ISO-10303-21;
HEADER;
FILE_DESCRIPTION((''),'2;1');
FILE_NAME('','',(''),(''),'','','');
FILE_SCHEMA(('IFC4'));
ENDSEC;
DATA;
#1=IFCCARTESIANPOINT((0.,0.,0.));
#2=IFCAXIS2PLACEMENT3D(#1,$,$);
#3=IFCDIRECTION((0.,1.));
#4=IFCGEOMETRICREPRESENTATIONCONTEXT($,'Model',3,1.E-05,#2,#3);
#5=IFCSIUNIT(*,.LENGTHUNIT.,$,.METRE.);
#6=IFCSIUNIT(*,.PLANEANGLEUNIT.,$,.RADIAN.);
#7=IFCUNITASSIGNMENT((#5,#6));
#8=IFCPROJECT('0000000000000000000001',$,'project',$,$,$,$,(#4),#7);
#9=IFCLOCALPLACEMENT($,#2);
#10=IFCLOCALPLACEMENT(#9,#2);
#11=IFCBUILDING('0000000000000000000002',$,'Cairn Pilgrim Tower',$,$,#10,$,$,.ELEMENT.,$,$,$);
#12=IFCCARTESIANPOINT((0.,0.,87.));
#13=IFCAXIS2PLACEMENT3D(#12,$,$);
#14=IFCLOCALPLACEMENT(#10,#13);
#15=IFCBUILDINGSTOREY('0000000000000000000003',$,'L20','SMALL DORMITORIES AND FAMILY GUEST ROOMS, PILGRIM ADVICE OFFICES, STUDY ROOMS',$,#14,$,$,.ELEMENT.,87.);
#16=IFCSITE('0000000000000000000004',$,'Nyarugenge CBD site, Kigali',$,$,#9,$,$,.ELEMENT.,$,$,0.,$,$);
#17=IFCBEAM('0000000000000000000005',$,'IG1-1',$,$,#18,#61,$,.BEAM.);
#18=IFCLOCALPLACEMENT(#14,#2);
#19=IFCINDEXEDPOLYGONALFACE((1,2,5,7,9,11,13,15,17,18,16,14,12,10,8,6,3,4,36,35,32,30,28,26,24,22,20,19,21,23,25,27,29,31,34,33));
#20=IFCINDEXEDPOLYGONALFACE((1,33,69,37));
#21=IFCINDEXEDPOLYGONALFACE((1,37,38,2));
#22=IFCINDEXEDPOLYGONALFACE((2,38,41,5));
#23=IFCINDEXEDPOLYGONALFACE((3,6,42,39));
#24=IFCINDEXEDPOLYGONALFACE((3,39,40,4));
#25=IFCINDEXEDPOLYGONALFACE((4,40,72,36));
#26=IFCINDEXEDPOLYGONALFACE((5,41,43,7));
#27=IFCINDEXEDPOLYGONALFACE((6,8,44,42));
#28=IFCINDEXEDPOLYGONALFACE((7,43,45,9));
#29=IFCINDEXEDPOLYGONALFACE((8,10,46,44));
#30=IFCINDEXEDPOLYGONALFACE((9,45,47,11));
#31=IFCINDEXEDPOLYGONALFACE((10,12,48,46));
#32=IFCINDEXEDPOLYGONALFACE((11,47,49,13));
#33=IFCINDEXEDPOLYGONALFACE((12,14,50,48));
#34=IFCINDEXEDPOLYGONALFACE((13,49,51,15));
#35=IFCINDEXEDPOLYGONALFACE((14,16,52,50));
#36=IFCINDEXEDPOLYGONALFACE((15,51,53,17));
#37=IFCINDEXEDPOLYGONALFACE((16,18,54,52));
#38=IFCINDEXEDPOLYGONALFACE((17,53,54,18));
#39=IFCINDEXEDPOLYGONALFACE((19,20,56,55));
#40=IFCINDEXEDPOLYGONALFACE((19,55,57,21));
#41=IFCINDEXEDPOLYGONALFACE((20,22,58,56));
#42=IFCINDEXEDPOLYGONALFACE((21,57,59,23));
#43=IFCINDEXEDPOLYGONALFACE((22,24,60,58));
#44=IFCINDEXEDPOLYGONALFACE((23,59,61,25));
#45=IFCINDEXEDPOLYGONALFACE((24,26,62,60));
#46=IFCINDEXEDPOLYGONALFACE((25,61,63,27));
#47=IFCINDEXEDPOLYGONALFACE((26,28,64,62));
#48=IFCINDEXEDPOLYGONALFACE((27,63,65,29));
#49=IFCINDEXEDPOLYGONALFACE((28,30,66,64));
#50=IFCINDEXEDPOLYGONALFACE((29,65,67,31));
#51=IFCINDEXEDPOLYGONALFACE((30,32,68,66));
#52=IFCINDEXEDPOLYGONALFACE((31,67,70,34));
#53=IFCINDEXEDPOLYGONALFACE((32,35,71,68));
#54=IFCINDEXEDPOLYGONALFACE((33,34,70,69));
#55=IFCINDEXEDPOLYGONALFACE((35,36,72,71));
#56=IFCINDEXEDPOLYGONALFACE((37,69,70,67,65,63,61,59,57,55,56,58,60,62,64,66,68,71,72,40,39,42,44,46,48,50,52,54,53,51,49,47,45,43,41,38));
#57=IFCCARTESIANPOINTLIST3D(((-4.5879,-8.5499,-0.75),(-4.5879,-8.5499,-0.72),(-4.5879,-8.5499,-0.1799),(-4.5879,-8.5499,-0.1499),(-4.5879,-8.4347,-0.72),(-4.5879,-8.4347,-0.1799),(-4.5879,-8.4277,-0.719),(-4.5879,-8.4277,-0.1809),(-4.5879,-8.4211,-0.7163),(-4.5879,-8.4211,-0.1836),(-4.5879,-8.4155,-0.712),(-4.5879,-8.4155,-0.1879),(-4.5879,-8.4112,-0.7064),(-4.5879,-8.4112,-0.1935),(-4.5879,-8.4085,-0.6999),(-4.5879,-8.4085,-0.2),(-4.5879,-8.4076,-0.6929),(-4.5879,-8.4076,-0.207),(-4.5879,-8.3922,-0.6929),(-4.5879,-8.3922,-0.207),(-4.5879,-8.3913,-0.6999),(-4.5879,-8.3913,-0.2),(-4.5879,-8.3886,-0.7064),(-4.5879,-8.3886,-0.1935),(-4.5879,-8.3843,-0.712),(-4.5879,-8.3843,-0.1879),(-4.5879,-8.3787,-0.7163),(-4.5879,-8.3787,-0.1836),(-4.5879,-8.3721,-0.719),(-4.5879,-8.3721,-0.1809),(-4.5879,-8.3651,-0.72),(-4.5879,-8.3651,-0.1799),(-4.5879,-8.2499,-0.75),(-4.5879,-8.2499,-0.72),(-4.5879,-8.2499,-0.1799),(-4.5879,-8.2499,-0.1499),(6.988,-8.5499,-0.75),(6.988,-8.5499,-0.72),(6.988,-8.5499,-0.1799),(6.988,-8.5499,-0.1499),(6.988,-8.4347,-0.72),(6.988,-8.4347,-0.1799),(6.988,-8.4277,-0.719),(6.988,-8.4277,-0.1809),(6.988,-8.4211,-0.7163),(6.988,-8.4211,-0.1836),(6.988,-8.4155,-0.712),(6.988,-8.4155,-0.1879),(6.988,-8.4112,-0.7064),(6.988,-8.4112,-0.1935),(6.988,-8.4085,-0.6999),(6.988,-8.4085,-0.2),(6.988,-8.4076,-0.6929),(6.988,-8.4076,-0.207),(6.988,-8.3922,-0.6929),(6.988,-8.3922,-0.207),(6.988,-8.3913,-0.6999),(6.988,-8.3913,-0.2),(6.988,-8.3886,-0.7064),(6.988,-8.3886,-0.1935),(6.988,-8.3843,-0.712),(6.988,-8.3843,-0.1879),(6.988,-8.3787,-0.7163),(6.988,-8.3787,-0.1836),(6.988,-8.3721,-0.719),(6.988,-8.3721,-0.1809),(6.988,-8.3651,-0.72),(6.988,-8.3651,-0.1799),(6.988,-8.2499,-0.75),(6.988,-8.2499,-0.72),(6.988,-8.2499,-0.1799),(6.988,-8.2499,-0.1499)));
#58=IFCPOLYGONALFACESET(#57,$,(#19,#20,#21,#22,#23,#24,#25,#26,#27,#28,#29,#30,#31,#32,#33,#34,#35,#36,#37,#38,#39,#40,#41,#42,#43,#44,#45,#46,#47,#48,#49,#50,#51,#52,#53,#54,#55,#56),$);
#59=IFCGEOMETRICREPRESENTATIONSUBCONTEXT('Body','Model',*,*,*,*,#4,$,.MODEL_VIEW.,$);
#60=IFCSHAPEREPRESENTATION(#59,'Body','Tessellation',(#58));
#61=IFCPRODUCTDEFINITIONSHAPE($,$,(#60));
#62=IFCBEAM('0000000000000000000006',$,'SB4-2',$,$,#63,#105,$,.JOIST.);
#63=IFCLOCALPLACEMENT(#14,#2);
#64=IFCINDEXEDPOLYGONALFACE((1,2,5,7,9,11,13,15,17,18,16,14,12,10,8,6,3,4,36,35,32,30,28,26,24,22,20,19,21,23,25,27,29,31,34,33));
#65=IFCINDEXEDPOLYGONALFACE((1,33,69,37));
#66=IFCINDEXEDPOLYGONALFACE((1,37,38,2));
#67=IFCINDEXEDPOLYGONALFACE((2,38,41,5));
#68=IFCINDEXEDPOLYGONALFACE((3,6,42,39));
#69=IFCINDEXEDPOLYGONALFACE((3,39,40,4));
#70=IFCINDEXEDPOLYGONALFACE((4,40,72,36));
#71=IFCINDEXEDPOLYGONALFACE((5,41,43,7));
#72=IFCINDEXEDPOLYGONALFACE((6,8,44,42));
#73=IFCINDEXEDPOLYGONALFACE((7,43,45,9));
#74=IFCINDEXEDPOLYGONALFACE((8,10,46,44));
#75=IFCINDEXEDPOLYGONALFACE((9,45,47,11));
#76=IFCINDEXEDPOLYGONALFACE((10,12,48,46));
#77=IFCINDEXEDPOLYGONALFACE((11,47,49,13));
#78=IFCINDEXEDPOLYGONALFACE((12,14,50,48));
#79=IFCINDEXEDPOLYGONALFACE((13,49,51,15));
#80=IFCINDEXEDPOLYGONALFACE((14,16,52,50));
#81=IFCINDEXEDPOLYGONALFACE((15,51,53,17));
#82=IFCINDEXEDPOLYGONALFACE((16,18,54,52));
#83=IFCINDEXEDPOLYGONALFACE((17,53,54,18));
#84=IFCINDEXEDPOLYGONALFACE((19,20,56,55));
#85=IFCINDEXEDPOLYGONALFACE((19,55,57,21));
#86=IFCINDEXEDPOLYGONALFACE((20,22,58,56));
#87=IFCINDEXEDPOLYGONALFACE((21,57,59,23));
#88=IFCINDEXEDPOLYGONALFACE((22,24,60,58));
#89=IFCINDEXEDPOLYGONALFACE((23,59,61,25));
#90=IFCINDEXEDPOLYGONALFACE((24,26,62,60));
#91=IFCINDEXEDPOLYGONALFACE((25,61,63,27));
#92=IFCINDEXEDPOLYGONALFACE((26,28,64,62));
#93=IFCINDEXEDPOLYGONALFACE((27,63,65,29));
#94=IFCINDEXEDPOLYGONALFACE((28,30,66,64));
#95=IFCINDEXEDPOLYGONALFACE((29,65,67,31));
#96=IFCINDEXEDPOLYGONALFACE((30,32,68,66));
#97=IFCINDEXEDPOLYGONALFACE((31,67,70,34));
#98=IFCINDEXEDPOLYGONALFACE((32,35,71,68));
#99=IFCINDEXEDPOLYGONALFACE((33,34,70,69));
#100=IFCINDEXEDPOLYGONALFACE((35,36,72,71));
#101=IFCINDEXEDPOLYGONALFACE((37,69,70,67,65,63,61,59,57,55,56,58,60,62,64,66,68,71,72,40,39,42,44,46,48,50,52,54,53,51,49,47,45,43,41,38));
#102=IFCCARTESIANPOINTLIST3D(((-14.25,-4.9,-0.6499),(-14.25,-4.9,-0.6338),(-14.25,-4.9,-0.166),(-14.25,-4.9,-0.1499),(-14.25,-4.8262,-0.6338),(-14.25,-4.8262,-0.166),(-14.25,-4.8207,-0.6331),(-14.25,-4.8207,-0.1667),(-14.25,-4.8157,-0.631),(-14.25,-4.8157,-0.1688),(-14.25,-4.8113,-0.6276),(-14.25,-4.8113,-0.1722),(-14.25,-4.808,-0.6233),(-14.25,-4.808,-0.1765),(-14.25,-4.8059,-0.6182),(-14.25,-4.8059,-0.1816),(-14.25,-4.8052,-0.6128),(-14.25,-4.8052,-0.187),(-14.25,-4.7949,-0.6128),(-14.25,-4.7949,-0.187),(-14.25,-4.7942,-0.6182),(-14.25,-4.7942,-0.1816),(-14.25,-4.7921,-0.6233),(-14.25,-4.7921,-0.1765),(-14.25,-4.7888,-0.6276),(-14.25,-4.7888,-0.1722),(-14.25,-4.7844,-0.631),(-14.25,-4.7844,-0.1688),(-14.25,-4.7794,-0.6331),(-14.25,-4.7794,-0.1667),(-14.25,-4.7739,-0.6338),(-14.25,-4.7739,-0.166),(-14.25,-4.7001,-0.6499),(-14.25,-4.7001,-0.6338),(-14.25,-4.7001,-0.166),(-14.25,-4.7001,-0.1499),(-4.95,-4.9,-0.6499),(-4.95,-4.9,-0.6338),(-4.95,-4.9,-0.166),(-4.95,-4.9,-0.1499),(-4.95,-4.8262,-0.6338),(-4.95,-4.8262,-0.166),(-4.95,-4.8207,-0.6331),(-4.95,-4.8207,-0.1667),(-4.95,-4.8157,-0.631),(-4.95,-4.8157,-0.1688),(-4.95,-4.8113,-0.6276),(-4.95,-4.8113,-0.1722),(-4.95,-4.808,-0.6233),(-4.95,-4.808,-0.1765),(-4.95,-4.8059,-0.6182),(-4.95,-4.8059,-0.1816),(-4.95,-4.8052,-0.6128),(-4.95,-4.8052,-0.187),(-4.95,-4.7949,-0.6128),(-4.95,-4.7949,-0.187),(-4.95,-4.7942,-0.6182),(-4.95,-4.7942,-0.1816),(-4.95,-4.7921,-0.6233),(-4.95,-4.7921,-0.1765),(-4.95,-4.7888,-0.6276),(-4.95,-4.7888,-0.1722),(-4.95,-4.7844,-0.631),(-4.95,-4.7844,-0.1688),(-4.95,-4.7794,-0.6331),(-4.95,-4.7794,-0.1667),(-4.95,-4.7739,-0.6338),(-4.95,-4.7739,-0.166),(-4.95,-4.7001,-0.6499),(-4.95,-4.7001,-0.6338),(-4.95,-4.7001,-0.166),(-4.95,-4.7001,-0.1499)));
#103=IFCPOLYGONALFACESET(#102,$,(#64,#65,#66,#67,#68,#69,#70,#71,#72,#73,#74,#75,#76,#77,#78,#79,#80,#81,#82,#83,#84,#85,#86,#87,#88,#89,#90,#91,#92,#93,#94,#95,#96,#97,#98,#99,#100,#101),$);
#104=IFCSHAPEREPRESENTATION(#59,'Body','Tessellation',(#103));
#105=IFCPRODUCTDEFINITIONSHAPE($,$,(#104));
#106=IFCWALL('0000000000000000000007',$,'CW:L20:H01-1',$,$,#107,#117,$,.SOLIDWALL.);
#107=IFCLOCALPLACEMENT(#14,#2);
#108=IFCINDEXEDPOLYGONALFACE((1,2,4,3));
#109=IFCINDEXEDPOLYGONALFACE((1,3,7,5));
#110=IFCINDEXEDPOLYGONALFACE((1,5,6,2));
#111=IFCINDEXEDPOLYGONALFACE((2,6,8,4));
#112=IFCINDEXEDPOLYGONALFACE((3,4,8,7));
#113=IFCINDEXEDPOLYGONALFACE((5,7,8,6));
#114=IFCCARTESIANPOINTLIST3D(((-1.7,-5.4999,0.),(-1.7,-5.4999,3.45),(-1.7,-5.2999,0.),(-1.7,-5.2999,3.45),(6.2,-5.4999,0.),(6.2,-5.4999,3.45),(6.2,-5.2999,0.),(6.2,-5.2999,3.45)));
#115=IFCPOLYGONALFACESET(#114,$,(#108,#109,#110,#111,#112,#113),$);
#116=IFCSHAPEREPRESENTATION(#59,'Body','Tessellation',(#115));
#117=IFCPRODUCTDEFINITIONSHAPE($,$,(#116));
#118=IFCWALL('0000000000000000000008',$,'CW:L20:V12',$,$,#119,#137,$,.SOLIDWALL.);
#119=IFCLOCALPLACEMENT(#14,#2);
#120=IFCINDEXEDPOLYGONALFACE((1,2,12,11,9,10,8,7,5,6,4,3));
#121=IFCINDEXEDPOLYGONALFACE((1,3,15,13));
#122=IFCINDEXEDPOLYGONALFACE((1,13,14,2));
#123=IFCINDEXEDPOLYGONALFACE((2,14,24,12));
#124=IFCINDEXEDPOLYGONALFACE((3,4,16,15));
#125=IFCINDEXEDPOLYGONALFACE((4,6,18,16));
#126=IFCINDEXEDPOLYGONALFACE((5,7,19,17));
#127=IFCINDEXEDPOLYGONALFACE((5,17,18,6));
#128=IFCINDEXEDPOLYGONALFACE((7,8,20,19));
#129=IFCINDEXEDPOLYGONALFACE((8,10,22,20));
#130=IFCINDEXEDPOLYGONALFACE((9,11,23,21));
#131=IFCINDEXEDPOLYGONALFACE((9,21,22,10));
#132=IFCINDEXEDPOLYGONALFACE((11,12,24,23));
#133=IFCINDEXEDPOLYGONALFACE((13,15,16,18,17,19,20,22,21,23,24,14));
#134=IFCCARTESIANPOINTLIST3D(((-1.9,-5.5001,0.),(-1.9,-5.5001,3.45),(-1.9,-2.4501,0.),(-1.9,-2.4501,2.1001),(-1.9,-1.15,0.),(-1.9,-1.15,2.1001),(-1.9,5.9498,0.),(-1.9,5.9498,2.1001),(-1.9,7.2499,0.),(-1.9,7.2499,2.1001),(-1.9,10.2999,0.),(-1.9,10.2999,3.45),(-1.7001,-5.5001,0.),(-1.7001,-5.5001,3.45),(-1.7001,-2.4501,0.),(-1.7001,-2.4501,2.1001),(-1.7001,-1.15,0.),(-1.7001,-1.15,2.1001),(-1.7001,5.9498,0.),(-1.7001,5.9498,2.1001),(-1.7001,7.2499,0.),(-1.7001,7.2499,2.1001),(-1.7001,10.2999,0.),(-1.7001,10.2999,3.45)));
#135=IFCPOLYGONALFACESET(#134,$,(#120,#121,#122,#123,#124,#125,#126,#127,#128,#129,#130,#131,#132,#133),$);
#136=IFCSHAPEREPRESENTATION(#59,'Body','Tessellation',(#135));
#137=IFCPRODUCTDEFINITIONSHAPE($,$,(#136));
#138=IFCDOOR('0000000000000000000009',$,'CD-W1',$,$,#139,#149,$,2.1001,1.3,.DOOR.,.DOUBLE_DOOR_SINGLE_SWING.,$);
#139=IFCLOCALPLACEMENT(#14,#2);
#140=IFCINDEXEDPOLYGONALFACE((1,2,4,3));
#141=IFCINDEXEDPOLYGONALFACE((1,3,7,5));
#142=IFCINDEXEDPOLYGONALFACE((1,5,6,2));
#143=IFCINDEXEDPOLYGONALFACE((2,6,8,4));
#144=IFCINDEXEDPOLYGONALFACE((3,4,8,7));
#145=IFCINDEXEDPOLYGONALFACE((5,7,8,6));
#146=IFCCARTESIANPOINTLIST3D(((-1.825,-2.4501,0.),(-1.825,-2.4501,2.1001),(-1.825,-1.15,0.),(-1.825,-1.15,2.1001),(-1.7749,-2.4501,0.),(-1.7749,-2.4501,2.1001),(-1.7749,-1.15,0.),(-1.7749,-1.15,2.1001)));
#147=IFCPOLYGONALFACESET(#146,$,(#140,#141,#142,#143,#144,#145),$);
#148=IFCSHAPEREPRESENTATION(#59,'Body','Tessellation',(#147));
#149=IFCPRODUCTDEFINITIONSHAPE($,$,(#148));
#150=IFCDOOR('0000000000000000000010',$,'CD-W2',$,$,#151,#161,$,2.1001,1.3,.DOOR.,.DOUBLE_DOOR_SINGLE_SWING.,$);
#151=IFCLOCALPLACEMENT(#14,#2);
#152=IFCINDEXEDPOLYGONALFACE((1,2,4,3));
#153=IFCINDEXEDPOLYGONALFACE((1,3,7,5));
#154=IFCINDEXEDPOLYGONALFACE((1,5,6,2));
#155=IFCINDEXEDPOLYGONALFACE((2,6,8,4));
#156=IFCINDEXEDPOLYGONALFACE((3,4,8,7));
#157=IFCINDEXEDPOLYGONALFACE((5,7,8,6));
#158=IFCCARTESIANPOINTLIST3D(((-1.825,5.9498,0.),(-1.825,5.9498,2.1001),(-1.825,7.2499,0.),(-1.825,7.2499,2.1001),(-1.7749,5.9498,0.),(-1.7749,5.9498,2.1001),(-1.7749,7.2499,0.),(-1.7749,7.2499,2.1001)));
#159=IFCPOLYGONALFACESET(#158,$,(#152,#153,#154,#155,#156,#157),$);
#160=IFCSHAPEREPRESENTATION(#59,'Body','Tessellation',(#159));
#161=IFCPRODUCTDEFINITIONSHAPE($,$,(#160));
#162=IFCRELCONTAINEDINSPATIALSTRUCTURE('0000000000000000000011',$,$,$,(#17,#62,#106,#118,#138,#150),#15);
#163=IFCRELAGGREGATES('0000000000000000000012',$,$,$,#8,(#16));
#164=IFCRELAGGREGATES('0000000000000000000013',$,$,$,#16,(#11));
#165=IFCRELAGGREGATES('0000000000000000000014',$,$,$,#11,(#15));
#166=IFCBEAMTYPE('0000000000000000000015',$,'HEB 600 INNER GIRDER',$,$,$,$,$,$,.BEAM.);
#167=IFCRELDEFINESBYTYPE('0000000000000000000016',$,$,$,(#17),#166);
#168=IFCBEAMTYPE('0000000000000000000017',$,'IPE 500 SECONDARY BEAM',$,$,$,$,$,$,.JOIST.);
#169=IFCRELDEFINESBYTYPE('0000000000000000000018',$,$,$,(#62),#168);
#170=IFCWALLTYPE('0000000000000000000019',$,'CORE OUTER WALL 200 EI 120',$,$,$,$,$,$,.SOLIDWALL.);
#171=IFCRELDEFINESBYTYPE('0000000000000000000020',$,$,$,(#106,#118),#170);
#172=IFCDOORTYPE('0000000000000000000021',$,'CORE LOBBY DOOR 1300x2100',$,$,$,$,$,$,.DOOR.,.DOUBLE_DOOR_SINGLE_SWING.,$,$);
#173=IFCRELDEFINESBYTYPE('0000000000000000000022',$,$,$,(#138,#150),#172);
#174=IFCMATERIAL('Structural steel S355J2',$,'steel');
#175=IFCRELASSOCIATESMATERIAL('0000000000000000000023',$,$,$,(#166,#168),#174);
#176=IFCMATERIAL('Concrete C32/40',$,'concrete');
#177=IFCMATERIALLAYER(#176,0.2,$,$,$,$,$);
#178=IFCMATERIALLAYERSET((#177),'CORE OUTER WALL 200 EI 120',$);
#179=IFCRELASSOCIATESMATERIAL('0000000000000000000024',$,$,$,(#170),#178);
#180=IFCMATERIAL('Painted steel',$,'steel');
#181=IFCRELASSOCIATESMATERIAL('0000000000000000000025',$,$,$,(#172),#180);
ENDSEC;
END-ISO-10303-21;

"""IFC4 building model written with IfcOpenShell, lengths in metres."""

from ifc_helpers import new_model, si_unit, direction, frame, frame_2d, origin, origin_2d, place, context, subcontext, project, spatial, rectangle, i_section, extrude, material, layer, layer_set, material_profile, profile_set, type_object, element, fill, save


model = new_model("IFC4")

# Units and contexts
model_context = context("Model", 3, precision=1e-05, world=origin(), true_north=direction((0.0, 1.0)))
body_context = subcontext(model_context, "Body", "Model", "MODEL_VIEW")
ifc_project = project(units=[si_unit("LENGTHUNIT", "METRE"), si_unit("PLANEANGLEUNIT", "RADIAN")], contexts=[model_context])

# Site, building, storey
site_placement = place(None, origin())
site = spatial("IfcSite", under=ifc_project, at=site_placement, Name="Nyarugenge CBD site, Kigali", CompositionType="ELEMENT", RefElevation=0.0)
building_placement = place(site_placement, origin())
building = spatial("IfcBuilding", under=site, at=building_placement, Name="Cairn Pilgrim Tower", CompositionType="ELEMENT")
storey_placement = place(building_placement, frame((0.0, 0.0, 87.0)))
storey = spatial("IfcBuildingStorey", under=building, at=storey_placement, Name="L20", Description="SMALL DORMITORIES AND FAMILY GUEST ROOMS, PILGRIM ADVICE OFFICES, STUDY ROOMS", CompositionType="ELEMENT", Elevation=87.0)

# Beams
ifc_material_1 = material(Name="Structural steel S355J2", Category="steel")
ifc_material_profile_1 = material_profile(ifc_material_1, i_section(OverallWidth=0.3, OverallDepth=0.6001, WebThickness=0.0154, FlangeThickness=0.03, FilletRadius=0.0271, at=origin_2d()), Name="HEB 600")
ifc_profile_set_1 = profile_set([ifc_material_profile_1], Name="Structural steel S355J2")
beam_type_1 = type_object("IfcBeamType", Name="HEB 600 INNER GIRDER", PredefinedType="BEAM", material=ifc_profile_set_1)
beam_1_placement = place(storey_placement, frame((-4.5879, -8.3999, -0.45), z_axis=(1.0, 0.0, 0.0), x_axis=(0.0, 1.0, 0.0)))
element("IfcBeam", 1, at=beam_1_placement, inside=storey, type_object=beam_type_1, Name="IG1-1", PredefinedType="BEAM", context=body_context, shape_type="SweptSolid", body=[
    extrude(i_section(OverallWidth=0.3, OverallDepth=0.6001, WebThickness=0.0154, FlangeThickness=0.03, FilletRadius=0.0271, at=origin_2d()), origin(), (0.0, 0.0, 1.0), 11.5759),
])
ifc_material_profile_2 = material_profile(ifc_material_1, i_section(OverallWidth=0.2, OverallDepth=0.5, WebThickness=0.0103, FlangeThickness=0.0161, FilletRadius=0.021, at=origin_2d()), Name="IPE 500")
ifc_profile_set_2 = profile_set([ifc_material_profile_2], Name="Structural steel S355J2")
beam_type_2 = type_object("IfcBeamType", Name="IPE 500 SECONDARY BEAM", PredefinedType="JOIST", material=ifc_profile_set_2)
beam_2_placement = place(storey_placement, frame((-14.25, -4.8, -0.3999), z_axis=(1.0, 0.0, 0.0), x_axis=(0.0, 1.0, 0.0)))
element("IfcBeam", 2, at=beam_2_placement, inside=storey, type_object=beam_type_2, Name="SB4-2", PredefinedType="JOIST", context=body_context, shape_type="SweptSolid", body=[
    extrude(i_section(OverallWidth=0.2, OverallDepth=0.5, WebThickness=0.0103, FlangeThickness=0.0161, FilletRadius=0.021, at=origin_2d()), origin(), (0.0, 0.0, 1.0), 9.3),
])

# Wall
ifc_material_2 = material(Name="Concrete C32/40", Category="concrete")
ifc_layer_1 = layer(ifc_material_2, 0.2)
ifc_layer_set_1 = layer_set([ifc_layer_1], Name="CORE OUTER WALL 200 EI 120")
wall_type_1 = type_object("IfcWallType", Name="CORE OUTER WALL 200 EI 120", PredefinedType="SOLIDWALL", material=ifc_layer_set_1)
wall_1_placement = place(storey_placement, frame((-1.7, -5.3999, 0.0), z_axis=(0.0, 0.0, 1.0), x_axis=(1.0, 0.0, 0.0)))
element("IfcWall", 3, at=wall_1_placement, inside=storey, type_object=wall_type_1, Name="CW:L20:H01-1", PredefinedType="SOLIDWALL", context=body_context, shape_type="SweptSolid", body=[
    extrude(rectangle(XDim=7.8999, YDim=0.2, at=frame_2d((3.95, 0.0))), origin(), (0.0, 0.0, 1.0), 3.45),
])

# Wall, openings, doors
wall_2_placement = place(storey_placement, frame((-1.8, -5.5, 0.0), z_axis=(0.0, 0.0, 1.0), x_axis=(0.0, 1.0, 0.0)))
wall_2 = element("IfcWall", 4, at=wall_2_placement, inside=storey, type_object=wall_type_1, Name="CW:L20:V12", PredefinedType="SOLIDWALL", context=body_context, shape_type="SweptSolid", body=[
    extrude(rectangle(XDim=15.8, YDim=0.2, at=frame_2d((7.8999, 0.0))), origin(), (0.0, 0.0, 1.0), 3.45),
])
opening_1_placement = place(wall_2_placement, frame((3.05, 0.0, 0.0)))
opening_1 = element("IfcOpeningElement", 5, at=opening_1_placement, cuts=wall_2, PredefinedType="OPENING", context=body_context, shape_type="SweptSolid", body=[
    extrude(rectangle(XDim=1.3, YDim=2.1001, at=frame_2d((0.6499, 1.05))), frame((0.0, 0.1099, 0.0), z_axis=(0.0, -1.0, 0.0), x_axis=(1.0, 0.0, 0.0)), (0.0, 0.0, 1.0), 0.22),
])
opening_2_placement = place(wall_2_placement, frame((11.45, 0.0, 0.0)))
opening_2 = element("IfcOpeningElement", 6, at=opening_2_placement, cuts=wall_2, PredefinedType="OPENING", context=body_context, shape_type="SweptSolid", body=[
    extrude(rectangle(XDim=1.3, YDim=2.1001, at=frame_2d((0.6499, 1.05))), frame((0.0, 0.1099, 0.0), z_axis=(0.0, -1.0, 0.0), x_axis=(1.0, 0.0, 0.0)), (0.0, 0.0, 1.0), 0.22),
])
ifc_material_3 = material(Name="Painted steel", Category="steel")
door_type_1 = type_object("IfcDoorType", Name="CORE LOBBY DOOR 1300x2100", OperationType="DOUBLE_DOOR_SINGLE_SWING", PredefinedType="DOOR", material=ifc_material_3)
door_1_placement = place(opening_1_placement, origin())
door_1 = element("IfcDoor", 7, at=door_1_placement, inside=storey, type_object=door_type_1, Name="CD-W1", OperationType="DOUBLE_DOOR_SINGLE_SWING", OverallHeight=2.1001, OverallWidth=1.3, PredefinedType="DOOR", context=body_context, shape_type="SweptSolid", body=[
    extrude(rectangle(XDim=1.3, YDim=2.1001, at=frame_2d((0.6499, 1.05))), frame((0.0, 0.0249, 0.0), z_axis=(0.0, -1.0, 0.0), x_axis=(1.0, 0.0, 0.0)), (0.0, 0.0, 1.0), 0.05),
])
fill(opening_1, door_1)
door_2_placement = place(opening_2_placement, origin())
door_2 = element("IfcDoor", 8, at=door_2_placement, inside=storey, type_object=door_type_1, Name="CD-W2", OperationType="DOUBLE_DOOR_SINGLE_SWING", OverallHeight=2.1001, OverallWidth=1.3, PredefinedType="DOOR", context=body_context, shape_type="SweptSolid", body=[
    extrude(rectangle(XDim=1.3, YDim=2.1001, at=frame_2d((0.6499, 1.05))), frame((0.0, 0.0249, 0.0), z_axis=(0.0, -1.0, 0.0), x_axis=(1.0, 0.0, 0.0)), (0.0, 0.0, 1.0), 0.05),
])
fill(opening_2, door_2)

save(model, "model.ifc")
